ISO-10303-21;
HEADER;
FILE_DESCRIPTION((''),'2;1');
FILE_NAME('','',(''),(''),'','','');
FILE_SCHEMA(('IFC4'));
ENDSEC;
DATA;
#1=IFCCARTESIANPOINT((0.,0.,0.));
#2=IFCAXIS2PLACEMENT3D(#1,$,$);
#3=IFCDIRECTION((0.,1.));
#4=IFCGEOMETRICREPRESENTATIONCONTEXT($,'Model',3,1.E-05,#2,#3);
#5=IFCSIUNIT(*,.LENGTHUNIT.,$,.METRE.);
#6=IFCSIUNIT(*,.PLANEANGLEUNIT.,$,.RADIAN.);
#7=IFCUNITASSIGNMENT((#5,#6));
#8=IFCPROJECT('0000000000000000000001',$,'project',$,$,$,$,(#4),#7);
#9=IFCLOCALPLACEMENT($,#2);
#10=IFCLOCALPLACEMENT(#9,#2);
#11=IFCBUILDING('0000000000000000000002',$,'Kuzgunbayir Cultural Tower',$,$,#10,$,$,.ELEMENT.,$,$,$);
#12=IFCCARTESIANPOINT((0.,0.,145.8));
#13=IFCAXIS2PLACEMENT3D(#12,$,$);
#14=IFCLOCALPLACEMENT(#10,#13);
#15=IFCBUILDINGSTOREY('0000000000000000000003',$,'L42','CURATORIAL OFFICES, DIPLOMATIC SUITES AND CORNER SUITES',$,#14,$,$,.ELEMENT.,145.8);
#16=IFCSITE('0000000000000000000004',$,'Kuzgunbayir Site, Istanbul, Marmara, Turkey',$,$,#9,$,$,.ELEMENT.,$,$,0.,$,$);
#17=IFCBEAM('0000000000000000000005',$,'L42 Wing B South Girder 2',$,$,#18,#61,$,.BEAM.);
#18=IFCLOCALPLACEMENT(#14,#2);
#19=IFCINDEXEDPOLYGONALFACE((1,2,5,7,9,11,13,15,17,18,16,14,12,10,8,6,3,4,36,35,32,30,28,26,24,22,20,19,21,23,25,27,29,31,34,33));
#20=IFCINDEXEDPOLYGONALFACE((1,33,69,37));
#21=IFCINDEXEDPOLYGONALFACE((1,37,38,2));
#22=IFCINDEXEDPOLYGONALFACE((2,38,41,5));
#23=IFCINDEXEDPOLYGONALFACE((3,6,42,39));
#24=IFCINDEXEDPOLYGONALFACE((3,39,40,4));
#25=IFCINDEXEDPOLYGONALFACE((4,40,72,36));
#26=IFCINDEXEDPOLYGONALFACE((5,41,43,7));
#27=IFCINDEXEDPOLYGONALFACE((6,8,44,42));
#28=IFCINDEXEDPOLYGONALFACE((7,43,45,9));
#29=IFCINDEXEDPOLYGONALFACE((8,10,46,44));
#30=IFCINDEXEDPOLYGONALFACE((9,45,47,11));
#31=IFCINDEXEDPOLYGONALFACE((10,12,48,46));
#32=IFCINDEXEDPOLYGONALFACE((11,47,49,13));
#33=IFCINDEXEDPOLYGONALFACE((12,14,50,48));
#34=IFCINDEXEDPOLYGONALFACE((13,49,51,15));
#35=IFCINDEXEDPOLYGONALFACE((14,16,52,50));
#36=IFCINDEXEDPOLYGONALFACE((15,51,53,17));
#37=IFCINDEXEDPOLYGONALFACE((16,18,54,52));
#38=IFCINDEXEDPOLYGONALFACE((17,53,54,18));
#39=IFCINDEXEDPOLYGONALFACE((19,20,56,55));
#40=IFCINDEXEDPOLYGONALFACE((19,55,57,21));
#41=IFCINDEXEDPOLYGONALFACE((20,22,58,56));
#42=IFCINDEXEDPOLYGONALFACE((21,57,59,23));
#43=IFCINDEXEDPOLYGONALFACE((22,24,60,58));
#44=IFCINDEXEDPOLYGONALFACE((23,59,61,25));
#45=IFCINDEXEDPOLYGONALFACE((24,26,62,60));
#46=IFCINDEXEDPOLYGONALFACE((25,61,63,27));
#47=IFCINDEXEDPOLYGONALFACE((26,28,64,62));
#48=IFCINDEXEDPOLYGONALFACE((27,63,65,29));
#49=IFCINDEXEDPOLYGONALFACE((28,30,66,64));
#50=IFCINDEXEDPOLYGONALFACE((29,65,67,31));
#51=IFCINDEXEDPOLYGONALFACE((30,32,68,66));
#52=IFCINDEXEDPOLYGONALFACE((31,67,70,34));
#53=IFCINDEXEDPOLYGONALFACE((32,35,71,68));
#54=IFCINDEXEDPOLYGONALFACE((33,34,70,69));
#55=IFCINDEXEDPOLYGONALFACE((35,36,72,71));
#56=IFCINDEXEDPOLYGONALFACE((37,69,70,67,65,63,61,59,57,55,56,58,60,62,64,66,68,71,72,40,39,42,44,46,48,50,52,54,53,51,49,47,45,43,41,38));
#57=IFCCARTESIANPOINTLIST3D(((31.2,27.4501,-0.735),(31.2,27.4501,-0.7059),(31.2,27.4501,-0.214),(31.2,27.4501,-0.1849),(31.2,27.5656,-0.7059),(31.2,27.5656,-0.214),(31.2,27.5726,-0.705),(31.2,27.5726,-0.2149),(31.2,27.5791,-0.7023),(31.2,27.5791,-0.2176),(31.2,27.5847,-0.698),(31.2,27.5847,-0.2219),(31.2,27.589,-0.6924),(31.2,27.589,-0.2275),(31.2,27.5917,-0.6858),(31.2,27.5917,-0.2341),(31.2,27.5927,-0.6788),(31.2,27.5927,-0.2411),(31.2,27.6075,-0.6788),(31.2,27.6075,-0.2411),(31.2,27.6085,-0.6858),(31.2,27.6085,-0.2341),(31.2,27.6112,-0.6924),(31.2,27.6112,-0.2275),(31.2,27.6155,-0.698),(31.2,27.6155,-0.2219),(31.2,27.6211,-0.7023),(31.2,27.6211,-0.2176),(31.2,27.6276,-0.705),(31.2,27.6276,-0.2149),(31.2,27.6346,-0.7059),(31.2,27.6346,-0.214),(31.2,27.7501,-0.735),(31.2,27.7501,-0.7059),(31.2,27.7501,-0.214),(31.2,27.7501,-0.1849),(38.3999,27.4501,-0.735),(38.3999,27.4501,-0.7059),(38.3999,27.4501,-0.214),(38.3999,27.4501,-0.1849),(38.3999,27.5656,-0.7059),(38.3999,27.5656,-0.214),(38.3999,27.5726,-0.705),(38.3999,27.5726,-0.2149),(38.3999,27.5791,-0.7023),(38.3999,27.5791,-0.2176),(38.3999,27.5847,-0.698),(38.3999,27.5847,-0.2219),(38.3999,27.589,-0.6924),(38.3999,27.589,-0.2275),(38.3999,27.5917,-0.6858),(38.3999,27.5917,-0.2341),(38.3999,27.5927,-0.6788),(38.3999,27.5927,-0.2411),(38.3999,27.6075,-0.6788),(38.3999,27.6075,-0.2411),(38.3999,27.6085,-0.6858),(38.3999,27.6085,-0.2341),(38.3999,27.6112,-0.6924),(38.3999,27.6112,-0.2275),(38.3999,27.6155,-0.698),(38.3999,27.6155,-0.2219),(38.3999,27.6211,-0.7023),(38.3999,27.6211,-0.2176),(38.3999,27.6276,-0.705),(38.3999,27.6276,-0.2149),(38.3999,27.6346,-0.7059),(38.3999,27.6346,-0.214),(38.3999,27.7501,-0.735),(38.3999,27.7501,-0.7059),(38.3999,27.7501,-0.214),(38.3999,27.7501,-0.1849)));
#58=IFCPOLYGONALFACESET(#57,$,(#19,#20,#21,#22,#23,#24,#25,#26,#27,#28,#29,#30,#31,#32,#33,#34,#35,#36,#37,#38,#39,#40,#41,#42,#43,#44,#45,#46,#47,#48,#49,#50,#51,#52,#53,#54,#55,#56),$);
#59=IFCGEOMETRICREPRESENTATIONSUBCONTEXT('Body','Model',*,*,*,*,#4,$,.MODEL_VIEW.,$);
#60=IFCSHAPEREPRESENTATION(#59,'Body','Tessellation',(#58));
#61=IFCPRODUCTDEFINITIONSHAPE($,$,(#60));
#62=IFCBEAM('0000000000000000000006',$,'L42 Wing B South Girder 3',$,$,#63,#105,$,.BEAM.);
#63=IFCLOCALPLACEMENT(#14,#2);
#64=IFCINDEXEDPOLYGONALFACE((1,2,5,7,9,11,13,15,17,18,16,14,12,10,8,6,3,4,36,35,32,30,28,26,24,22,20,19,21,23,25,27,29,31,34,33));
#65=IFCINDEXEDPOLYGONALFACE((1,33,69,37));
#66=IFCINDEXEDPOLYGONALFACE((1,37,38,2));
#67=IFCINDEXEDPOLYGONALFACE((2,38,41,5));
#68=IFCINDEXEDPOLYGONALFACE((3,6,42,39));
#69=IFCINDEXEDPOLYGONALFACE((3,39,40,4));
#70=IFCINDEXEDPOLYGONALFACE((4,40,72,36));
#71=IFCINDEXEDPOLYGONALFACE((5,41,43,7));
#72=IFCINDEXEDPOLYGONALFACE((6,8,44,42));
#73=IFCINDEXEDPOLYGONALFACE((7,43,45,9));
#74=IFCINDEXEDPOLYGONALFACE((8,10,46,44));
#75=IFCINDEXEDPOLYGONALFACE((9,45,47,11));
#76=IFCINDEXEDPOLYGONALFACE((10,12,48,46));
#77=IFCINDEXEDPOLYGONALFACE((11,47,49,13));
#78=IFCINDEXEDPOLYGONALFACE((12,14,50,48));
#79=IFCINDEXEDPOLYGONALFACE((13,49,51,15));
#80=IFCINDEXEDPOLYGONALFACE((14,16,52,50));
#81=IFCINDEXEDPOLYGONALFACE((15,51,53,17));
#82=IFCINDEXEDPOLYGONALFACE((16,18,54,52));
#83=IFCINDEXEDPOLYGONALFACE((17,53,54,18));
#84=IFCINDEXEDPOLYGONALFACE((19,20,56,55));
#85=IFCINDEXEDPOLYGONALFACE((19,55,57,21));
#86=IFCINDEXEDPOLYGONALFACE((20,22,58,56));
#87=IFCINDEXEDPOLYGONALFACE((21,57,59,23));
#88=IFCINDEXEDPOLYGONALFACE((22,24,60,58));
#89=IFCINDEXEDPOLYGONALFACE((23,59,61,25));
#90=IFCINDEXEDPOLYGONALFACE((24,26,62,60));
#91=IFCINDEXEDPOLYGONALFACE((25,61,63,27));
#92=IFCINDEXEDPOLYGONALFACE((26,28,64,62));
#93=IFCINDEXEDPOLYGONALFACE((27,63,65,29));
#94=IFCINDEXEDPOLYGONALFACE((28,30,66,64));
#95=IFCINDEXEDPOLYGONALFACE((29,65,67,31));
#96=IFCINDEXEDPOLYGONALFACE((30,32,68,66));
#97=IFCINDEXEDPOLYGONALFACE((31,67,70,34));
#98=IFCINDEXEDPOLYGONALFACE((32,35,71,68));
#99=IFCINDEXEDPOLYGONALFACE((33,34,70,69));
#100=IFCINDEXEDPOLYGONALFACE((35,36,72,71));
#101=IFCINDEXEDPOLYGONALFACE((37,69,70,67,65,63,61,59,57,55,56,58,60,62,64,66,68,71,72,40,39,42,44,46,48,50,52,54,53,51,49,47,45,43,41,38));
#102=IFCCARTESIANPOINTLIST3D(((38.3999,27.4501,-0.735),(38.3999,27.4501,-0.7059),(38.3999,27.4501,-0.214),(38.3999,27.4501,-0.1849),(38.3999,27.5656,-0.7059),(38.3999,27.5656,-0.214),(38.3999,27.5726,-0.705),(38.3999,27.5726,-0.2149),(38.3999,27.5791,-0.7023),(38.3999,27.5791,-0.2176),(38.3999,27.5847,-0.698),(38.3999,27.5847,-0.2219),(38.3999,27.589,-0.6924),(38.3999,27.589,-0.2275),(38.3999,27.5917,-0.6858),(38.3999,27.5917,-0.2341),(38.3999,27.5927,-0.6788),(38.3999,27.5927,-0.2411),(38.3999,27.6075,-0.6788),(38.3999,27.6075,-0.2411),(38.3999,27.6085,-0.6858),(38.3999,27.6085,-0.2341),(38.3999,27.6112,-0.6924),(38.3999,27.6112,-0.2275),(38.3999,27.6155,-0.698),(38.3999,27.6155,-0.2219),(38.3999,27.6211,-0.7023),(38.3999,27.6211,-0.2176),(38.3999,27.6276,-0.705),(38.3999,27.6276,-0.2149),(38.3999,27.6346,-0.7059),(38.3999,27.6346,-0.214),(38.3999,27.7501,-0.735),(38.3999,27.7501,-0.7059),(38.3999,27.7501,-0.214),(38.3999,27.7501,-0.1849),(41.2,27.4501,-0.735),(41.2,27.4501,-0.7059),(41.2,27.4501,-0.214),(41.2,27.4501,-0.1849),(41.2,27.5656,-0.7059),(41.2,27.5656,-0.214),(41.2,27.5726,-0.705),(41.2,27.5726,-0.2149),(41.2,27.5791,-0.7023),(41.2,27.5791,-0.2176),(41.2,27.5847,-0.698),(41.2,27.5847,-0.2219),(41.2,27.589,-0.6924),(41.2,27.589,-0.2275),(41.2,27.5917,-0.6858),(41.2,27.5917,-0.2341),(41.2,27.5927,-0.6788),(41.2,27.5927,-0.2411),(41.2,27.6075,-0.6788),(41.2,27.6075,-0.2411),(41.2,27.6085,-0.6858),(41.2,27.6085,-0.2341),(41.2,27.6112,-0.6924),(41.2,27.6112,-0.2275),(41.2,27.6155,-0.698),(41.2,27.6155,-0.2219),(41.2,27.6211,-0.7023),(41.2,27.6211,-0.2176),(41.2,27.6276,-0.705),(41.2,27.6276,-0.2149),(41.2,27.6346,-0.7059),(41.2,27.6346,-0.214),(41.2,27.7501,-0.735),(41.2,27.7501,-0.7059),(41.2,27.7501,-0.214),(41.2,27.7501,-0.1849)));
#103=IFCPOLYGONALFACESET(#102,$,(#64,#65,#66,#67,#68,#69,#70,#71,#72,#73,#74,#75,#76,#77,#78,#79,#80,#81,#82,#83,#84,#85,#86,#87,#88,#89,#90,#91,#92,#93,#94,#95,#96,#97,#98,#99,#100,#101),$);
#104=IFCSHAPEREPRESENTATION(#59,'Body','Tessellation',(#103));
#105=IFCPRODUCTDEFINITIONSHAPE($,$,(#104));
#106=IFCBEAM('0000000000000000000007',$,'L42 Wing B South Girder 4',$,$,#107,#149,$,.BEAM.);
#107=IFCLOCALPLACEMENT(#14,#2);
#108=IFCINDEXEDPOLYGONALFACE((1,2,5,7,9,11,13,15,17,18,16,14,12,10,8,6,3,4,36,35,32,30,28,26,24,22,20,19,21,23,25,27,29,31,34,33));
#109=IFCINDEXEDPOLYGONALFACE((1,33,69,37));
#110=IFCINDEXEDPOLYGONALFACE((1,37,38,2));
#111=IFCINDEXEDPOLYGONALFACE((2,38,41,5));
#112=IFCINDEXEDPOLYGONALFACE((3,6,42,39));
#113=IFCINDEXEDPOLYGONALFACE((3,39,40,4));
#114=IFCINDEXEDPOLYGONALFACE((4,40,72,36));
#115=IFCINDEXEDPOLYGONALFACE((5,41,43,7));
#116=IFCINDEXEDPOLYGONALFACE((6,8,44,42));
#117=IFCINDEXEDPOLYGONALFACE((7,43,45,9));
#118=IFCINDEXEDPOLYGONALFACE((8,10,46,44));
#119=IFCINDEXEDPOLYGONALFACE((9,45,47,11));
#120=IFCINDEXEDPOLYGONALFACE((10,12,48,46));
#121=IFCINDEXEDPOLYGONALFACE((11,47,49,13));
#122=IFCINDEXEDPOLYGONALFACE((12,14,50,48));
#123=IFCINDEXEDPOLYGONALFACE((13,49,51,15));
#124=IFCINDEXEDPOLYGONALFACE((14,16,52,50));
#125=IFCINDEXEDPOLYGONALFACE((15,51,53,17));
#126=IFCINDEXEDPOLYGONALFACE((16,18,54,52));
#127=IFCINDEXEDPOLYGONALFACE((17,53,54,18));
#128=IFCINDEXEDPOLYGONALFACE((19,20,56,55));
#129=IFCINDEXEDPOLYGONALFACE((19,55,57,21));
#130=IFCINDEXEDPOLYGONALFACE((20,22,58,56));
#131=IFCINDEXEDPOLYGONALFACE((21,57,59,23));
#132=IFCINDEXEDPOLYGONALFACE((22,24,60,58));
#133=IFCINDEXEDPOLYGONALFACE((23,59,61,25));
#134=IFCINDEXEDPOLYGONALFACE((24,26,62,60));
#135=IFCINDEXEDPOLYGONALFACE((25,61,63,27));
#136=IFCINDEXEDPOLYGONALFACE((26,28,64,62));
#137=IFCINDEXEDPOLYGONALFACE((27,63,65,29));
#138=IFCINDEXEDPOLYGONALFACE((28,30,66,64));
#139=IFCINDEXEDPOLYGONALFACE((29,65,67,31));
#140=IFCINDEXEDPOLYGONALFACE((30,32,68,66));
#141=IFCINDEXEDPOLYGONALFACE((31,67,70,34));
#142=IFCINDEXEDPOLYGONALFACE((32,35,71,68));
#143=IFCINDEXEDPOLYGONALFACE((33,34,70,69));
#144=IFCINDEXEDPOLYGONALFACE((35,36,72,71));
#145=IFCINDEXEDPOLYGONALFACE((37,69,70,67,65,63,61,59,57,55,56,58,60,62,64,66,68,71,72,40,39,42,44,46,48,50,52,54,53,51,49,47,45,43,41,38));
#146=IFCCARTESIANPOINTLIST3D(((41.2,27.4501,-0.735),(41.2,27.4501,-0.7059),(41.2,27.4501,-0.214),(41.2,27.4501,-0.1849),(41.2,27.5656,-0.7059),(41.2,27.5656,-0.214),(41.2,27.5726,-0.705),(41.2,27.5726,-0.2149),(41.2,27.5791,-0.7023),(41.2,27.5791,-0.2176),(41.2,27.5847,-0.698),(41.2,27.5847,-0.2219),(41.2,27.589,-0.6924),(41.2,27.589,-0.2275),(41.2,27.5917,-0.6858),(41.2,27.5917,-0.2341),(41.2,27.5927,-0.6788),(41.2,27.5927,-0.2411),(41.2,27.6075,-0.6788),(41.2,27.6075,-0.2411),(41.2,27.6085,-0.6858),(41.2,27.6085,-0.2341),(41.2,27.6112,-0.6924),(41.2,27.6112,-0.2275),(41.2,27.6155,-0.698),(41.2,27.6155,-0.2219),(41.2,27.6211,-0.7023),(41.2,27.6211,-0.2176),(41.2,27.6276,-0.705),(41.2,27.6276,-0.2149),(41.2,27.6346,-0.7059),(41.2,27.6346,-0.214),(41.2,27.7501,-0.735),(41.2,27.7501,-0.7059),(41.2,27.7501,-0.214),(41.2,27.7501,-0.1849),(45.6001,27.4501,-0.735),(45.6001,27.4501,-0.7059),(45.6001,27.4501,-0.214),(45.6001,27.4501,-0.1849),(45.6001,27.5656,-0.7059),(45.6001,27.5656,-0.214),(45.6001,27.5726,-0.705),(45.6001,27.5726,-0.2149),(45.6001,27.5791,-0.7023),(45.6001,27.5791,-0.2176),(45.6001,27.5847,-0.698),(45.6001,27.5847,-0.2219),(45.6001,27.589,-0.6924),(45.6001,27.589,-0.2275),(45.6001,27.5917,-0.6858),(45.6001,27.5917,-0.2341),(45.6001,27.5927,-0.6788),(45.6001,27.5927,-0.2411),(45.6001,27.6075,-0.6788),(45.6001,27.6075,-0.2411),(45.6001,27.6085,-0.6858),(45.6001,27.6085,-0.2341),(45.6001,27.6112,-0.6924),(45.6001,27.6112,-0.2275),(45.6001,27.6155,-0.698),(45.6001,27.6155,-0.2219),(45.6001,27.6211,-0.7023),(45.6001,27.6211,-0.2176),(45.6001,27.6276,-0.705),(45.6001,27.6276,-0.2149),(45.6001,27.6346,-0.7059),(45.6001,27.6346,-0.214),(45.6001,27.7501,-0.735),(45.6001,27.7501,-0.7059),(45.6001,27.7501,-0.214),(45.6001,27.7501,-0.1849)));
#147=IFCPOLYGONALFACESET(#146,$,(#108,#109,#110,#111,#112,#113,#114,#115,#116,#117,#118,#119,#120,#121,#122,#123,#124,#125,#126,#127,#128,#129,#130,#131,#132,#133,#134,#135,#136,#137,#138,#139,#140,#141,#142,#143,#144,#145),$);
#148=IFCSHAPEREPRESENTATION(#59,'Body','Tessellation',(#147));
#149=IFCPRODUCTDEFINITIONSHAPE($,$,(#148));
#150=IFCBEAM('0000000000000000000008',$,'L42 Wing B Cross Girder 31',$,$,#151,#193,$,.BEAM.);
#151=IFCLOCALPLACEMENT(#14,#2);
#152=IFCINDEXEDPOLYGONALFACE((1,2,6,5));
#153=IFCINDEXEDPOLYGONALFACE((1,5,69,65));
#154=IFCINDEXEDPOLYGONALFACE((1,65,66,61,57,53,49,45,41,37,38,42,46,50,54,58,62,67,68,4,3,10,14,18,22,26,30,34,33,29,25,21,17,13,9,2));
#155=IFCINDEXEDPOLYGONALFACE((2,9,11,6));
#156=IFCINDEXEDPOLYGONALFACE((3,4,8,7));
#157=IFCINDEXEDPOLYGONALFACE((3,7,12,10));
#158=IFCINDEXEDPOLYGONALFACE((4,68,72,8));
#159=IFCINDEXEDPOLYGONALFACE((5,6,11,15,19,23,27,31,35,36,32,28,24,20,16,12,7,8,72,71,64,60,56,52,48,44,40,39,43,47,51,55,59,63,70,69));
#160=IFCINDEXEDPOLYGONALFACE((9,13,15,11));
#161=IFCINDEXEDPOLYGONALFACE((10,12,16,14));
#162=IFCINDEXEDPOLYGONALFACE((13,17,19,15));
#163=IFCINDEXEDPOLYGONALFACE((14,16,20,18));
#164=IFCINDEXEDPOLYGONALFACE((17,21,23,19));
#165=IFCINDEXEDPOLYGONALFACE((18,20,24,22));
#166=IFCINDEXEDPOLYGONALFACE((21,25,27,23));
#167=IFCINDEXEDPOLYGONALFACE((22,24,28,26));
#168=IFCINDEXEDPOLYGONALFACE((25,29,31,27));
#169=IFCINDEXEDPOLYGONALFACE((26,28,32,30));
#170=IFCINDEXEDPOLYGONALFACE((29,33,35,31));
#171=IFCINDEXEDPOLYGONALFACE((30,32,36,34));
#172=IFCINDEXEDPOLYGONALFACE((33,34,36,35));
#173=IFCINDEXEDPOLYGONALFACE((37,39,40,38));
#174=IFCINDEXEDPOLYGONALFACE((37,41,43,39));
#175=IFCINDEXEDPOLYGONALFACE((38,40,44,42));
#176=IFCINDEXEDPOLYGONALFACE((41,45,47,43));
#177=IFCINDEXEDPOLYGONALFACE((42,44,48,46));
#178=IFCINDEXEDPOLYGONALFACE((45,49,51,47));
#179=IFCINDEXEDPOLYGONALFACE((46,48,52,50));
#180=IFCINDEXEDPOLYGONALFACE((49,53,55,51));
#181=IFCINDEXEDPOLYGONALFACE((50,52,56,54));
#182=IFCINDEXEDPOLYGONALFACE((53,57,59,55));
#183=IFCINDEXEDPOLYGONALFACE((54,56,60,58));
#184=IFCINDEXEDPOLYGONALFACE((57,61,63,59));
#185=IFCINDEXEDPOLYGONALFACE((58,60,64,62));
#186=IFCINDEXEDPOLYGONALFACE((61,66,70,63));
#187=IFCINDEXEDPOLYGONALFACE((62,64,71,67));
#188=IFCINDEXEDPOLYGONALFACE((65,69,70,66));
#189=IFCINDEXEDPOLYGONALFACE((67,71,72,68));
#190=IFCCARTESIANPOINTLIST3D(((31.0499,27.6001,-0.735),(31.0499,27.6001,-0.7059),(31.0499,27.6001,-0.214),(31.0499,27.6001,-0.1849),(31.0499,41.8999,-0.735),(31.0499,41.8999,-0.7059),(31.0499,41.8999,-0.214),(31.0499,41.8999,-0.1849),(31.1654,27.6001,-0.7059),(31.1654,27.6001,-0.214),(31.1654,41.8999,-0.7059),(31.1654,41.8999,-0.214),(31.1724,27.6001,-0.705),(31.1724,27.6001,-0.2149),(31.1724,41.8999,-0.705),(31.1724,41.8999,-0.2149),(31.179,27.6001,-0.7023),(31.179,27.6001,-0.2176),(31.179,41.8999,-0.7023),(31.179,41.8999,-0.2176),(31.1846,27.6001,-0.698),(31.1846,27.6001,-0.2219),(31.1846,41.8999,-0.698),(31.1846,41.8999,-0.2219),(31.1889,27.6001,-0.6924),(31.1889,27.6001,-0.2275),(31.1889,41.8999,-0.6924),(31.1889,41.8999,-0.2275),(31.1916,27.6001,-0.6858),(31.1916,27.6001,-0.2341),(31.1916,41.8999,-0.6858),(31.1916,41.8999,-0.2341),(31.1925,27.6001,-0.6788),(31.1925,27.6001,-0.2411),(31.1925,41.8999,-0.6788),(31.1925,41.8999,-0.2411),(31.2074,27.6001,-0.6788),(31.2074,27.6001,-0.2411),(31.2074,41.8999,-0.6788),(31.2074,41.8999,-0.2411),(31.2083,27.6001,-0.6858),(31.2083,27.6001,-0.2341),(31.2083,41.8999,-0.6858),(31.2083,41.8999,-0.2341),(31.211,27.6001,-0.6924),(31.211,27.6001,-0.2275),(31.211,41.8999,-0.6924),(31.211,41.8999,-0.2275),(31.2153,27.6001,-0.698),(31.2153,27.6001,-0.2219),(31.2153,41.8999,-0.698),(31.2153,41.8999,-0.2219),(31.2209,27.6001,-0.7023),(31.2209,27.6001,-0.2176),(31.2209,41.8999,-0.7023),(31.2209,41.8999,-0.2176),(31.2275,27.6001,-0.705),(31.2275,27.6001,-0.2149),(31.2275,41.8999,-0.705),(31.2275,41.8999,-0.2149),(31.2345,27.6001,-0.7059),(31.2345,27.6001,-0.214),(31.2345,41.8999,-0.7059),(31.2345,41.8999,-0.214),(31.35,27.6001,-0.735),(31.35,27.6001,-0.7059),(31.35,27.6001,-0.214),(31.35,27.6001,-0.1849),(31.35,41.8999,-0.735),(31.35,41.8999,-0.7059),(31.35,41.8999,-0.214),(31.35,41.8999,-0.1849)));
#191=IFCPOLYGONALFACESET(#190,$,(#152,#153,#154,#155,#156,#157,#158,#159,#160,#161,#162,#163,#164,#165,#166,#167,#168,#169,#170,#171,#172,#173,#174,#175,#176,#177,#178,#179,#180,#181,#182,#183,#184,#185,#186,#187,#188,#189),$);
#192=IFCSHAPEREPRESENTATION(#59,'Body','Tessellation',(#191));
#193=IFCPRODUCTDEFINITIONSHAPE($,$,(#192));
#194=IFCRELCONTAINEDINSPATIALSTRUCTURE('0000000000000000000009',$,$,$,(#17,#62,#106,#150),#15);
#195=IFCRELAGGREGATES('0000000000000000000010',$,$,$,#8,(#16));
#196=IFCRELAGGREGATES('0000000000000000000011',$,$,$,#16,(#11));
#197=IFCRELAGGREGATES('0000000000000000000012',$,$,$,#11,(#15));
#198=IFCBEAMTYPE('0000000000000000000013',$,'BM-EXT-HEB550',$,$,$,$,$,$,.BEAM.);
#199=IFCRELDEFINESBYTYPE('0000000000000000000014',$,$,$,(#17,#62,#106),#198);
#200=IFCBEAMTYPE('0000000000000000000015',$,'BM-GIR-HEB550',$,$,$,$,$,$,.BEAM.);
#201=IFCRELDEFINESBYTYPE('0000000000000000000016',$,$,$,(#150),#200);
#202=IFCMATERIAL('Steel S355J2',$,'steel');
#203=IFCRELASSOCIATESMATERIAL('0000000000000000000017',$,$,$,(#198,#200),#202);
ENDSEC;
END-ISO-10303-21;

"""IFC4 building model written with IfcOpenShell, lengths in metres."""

from ifc_helpers import new_model, si_unit, direction, frame, origin, origin_2d, place, context, subcontext, project, spatial, i_section, extrude, material, material_profile, profile_set, type_object, element, save


model = new_model("IFC4")

# Units and contexts
model_context = context("Model", 3, precision=1e-05, world=origin(), true_north=direction((0.0, 1.0)))
body_context = subcontext(model_context, "Body", "Model", "MODEL_VIEW")
ifc_project = project(units=[si_unit("LENGTHUNIT", "METRE"), si_unit("PLANEANGLEUNIT", "RADIAN")], contexts=[model_context])

# Site, building, storey
site_placement = place(None, origin())
site = spatial("IfcSite", under=ifc_project, at=site_placement, Name="Kuzgunbayir Site, Istanbul, Marmara, Turkey", CompositionType="ELEMENT", RefElevation=0.0)
building_placement = place(site_placement, origin())
building = spatial("IfcBuilding", under=site, at=building_placement, Name="Kuzgunbayir Cultural Tower", CompositionType="ELEMENT")
storey_placement = place(building_placement, frame((0.0, 0.0, 145.8)))
storey = spatial("IfcBuildingStorey", under=building, at=storey_placement, Name="L42", Description="CURATORIAL OFFICES, DIPLOMATIC SUITES AND CORNER SUITES", CompositionType="ELEMENT", Elevation=145.8)

# Beams
ifc_material_1 = material(Name="Steel S355J2", Category="steel")
ifc_material_profile_1 = material_profile(ifc_material_1, i_section(OverallWidth=0.3, OverallDepth=0.55, WebThickness=0.0149, FlangeThickness=0.0291, FilletRadius=0.0271, at=origin_2d()), Name="HEB 550")
ifc_profile_set_1 = profile_set([ifc_material_profile_1], Name="Steel S355J2")
beam_type_1 = type_object("IfcBeamType", Name="BM-EXT-HEB550", PredefinedType="BEAM", material=ifc_profile_set_1)
beam_1_placement = place(storey_placement, frame((31.2, 27.6001, -0.46), z_axis=(1.0, 0.0, 0.0), x_axis=(0.0, 1.0, 0.0)))
element("IfcBeam", 1, at=beam_1_placement, inside=storey, type_object=beam_type_1, Name="L42 Wing B South Girder 2", PredefinedType="BEAM", context=body_context, shape_type="SweptSolid", body=[
    extrude(i_section(OverallWidth=0.3, OverallDepth=0.55, WebThickness=0.0149, FlangeThickness=0.0291, FilletRadius=0.0271, at=origin_2d()), origin(), (0.0, 0.0, 1.0), 7.2),
])
beam_2_placement = place(storey_placement, frame((38.3999, 27.6001, -0.46), z_axis=(1.0, 0.0, 0.0), x_axis=(0.0, 1.0, 0.0)))
element("IfcBeam", 2, at=beam_2_placement, inside=storey, type_object=beam_type_1, Name="L42 Wing B South Girder 3", PredefinedType="BEAM", context=body_context, shape_type="SweptSolid", body=[
    extrude(i_section(OverallWidth=0.3, OverallDepth=0.55, WebThickness=0.0149, FlangeThickness=0.0291, FilletRadius=0.0271, at=origin_2d()), origin(), (0.0, 0.0, 1.0), 2.8),
])
beam_3_placement = place(storey_placement, frame((41.2, 27.6001, -0.46), z_axis=(1.0, 0.0, 0.0), x_axis=(0.0, 1.0, 0.0)))
element("IfcBeam", 3, at=beam_3_placement, inside=storey, type_object=beam_type_1, Name="L42 Wing B South Girder 4", PredefinedType="BEAM", context=body_context, shape_type="SweptSolid", body=[
    extrude(i_section(OverallWidth=0.3, OverallDepth=0.55, WebThickness=0.0149, FlangeThickness=0.0291, FilletRadius=0.0271, at=origin_2d()), origin(), (0.0, 0.0, 1.0), 4.4001),
])
ifc_material_profile_2 = material_profile(ifc_material_1, i_section(OverallWidth=0.3, OverallDepth=0.55, WebThickness=0.0149, FlangeThickness=0.0291, FilletRadius=0.0271, at=origin_2d()), Name="HEB 550")
ifc_profile_set_2 = profile_set([ifc_material_profile_2], Name="Steel S355J2")
beam_type_2 = type_object("IfcBeamType", Name="BM-GIR-HEB550", PredefinedType="BEAM", material=ifc_profile_set_2)
beam_4_placement = place(storey_placement, frame((31.2, 27.6001, -0.46), z_axis=(0.0, 1.0, 0.0), x_axis=(-1.0, 0.0, 0.0)))
element("IfcBeam", 4, at=beam_4_placement, inside=storey, type_object=beam_type_2, Name="L42 Wing B Cross Girder 31", PredefinedType="BEAM", context=body_context, shape_type="SweptSolid", body=[
    extrude(i_section(OverallWidth=0.3, OverallDepth=0.55, WebThickness=0.0149, FlangeThickness=0.0291, FilletRadius=0.0271, at=origin_2d()), origin(), (0.0, 0.0, 1.0), 14.2998),
])

save(model, "model.ifc")
